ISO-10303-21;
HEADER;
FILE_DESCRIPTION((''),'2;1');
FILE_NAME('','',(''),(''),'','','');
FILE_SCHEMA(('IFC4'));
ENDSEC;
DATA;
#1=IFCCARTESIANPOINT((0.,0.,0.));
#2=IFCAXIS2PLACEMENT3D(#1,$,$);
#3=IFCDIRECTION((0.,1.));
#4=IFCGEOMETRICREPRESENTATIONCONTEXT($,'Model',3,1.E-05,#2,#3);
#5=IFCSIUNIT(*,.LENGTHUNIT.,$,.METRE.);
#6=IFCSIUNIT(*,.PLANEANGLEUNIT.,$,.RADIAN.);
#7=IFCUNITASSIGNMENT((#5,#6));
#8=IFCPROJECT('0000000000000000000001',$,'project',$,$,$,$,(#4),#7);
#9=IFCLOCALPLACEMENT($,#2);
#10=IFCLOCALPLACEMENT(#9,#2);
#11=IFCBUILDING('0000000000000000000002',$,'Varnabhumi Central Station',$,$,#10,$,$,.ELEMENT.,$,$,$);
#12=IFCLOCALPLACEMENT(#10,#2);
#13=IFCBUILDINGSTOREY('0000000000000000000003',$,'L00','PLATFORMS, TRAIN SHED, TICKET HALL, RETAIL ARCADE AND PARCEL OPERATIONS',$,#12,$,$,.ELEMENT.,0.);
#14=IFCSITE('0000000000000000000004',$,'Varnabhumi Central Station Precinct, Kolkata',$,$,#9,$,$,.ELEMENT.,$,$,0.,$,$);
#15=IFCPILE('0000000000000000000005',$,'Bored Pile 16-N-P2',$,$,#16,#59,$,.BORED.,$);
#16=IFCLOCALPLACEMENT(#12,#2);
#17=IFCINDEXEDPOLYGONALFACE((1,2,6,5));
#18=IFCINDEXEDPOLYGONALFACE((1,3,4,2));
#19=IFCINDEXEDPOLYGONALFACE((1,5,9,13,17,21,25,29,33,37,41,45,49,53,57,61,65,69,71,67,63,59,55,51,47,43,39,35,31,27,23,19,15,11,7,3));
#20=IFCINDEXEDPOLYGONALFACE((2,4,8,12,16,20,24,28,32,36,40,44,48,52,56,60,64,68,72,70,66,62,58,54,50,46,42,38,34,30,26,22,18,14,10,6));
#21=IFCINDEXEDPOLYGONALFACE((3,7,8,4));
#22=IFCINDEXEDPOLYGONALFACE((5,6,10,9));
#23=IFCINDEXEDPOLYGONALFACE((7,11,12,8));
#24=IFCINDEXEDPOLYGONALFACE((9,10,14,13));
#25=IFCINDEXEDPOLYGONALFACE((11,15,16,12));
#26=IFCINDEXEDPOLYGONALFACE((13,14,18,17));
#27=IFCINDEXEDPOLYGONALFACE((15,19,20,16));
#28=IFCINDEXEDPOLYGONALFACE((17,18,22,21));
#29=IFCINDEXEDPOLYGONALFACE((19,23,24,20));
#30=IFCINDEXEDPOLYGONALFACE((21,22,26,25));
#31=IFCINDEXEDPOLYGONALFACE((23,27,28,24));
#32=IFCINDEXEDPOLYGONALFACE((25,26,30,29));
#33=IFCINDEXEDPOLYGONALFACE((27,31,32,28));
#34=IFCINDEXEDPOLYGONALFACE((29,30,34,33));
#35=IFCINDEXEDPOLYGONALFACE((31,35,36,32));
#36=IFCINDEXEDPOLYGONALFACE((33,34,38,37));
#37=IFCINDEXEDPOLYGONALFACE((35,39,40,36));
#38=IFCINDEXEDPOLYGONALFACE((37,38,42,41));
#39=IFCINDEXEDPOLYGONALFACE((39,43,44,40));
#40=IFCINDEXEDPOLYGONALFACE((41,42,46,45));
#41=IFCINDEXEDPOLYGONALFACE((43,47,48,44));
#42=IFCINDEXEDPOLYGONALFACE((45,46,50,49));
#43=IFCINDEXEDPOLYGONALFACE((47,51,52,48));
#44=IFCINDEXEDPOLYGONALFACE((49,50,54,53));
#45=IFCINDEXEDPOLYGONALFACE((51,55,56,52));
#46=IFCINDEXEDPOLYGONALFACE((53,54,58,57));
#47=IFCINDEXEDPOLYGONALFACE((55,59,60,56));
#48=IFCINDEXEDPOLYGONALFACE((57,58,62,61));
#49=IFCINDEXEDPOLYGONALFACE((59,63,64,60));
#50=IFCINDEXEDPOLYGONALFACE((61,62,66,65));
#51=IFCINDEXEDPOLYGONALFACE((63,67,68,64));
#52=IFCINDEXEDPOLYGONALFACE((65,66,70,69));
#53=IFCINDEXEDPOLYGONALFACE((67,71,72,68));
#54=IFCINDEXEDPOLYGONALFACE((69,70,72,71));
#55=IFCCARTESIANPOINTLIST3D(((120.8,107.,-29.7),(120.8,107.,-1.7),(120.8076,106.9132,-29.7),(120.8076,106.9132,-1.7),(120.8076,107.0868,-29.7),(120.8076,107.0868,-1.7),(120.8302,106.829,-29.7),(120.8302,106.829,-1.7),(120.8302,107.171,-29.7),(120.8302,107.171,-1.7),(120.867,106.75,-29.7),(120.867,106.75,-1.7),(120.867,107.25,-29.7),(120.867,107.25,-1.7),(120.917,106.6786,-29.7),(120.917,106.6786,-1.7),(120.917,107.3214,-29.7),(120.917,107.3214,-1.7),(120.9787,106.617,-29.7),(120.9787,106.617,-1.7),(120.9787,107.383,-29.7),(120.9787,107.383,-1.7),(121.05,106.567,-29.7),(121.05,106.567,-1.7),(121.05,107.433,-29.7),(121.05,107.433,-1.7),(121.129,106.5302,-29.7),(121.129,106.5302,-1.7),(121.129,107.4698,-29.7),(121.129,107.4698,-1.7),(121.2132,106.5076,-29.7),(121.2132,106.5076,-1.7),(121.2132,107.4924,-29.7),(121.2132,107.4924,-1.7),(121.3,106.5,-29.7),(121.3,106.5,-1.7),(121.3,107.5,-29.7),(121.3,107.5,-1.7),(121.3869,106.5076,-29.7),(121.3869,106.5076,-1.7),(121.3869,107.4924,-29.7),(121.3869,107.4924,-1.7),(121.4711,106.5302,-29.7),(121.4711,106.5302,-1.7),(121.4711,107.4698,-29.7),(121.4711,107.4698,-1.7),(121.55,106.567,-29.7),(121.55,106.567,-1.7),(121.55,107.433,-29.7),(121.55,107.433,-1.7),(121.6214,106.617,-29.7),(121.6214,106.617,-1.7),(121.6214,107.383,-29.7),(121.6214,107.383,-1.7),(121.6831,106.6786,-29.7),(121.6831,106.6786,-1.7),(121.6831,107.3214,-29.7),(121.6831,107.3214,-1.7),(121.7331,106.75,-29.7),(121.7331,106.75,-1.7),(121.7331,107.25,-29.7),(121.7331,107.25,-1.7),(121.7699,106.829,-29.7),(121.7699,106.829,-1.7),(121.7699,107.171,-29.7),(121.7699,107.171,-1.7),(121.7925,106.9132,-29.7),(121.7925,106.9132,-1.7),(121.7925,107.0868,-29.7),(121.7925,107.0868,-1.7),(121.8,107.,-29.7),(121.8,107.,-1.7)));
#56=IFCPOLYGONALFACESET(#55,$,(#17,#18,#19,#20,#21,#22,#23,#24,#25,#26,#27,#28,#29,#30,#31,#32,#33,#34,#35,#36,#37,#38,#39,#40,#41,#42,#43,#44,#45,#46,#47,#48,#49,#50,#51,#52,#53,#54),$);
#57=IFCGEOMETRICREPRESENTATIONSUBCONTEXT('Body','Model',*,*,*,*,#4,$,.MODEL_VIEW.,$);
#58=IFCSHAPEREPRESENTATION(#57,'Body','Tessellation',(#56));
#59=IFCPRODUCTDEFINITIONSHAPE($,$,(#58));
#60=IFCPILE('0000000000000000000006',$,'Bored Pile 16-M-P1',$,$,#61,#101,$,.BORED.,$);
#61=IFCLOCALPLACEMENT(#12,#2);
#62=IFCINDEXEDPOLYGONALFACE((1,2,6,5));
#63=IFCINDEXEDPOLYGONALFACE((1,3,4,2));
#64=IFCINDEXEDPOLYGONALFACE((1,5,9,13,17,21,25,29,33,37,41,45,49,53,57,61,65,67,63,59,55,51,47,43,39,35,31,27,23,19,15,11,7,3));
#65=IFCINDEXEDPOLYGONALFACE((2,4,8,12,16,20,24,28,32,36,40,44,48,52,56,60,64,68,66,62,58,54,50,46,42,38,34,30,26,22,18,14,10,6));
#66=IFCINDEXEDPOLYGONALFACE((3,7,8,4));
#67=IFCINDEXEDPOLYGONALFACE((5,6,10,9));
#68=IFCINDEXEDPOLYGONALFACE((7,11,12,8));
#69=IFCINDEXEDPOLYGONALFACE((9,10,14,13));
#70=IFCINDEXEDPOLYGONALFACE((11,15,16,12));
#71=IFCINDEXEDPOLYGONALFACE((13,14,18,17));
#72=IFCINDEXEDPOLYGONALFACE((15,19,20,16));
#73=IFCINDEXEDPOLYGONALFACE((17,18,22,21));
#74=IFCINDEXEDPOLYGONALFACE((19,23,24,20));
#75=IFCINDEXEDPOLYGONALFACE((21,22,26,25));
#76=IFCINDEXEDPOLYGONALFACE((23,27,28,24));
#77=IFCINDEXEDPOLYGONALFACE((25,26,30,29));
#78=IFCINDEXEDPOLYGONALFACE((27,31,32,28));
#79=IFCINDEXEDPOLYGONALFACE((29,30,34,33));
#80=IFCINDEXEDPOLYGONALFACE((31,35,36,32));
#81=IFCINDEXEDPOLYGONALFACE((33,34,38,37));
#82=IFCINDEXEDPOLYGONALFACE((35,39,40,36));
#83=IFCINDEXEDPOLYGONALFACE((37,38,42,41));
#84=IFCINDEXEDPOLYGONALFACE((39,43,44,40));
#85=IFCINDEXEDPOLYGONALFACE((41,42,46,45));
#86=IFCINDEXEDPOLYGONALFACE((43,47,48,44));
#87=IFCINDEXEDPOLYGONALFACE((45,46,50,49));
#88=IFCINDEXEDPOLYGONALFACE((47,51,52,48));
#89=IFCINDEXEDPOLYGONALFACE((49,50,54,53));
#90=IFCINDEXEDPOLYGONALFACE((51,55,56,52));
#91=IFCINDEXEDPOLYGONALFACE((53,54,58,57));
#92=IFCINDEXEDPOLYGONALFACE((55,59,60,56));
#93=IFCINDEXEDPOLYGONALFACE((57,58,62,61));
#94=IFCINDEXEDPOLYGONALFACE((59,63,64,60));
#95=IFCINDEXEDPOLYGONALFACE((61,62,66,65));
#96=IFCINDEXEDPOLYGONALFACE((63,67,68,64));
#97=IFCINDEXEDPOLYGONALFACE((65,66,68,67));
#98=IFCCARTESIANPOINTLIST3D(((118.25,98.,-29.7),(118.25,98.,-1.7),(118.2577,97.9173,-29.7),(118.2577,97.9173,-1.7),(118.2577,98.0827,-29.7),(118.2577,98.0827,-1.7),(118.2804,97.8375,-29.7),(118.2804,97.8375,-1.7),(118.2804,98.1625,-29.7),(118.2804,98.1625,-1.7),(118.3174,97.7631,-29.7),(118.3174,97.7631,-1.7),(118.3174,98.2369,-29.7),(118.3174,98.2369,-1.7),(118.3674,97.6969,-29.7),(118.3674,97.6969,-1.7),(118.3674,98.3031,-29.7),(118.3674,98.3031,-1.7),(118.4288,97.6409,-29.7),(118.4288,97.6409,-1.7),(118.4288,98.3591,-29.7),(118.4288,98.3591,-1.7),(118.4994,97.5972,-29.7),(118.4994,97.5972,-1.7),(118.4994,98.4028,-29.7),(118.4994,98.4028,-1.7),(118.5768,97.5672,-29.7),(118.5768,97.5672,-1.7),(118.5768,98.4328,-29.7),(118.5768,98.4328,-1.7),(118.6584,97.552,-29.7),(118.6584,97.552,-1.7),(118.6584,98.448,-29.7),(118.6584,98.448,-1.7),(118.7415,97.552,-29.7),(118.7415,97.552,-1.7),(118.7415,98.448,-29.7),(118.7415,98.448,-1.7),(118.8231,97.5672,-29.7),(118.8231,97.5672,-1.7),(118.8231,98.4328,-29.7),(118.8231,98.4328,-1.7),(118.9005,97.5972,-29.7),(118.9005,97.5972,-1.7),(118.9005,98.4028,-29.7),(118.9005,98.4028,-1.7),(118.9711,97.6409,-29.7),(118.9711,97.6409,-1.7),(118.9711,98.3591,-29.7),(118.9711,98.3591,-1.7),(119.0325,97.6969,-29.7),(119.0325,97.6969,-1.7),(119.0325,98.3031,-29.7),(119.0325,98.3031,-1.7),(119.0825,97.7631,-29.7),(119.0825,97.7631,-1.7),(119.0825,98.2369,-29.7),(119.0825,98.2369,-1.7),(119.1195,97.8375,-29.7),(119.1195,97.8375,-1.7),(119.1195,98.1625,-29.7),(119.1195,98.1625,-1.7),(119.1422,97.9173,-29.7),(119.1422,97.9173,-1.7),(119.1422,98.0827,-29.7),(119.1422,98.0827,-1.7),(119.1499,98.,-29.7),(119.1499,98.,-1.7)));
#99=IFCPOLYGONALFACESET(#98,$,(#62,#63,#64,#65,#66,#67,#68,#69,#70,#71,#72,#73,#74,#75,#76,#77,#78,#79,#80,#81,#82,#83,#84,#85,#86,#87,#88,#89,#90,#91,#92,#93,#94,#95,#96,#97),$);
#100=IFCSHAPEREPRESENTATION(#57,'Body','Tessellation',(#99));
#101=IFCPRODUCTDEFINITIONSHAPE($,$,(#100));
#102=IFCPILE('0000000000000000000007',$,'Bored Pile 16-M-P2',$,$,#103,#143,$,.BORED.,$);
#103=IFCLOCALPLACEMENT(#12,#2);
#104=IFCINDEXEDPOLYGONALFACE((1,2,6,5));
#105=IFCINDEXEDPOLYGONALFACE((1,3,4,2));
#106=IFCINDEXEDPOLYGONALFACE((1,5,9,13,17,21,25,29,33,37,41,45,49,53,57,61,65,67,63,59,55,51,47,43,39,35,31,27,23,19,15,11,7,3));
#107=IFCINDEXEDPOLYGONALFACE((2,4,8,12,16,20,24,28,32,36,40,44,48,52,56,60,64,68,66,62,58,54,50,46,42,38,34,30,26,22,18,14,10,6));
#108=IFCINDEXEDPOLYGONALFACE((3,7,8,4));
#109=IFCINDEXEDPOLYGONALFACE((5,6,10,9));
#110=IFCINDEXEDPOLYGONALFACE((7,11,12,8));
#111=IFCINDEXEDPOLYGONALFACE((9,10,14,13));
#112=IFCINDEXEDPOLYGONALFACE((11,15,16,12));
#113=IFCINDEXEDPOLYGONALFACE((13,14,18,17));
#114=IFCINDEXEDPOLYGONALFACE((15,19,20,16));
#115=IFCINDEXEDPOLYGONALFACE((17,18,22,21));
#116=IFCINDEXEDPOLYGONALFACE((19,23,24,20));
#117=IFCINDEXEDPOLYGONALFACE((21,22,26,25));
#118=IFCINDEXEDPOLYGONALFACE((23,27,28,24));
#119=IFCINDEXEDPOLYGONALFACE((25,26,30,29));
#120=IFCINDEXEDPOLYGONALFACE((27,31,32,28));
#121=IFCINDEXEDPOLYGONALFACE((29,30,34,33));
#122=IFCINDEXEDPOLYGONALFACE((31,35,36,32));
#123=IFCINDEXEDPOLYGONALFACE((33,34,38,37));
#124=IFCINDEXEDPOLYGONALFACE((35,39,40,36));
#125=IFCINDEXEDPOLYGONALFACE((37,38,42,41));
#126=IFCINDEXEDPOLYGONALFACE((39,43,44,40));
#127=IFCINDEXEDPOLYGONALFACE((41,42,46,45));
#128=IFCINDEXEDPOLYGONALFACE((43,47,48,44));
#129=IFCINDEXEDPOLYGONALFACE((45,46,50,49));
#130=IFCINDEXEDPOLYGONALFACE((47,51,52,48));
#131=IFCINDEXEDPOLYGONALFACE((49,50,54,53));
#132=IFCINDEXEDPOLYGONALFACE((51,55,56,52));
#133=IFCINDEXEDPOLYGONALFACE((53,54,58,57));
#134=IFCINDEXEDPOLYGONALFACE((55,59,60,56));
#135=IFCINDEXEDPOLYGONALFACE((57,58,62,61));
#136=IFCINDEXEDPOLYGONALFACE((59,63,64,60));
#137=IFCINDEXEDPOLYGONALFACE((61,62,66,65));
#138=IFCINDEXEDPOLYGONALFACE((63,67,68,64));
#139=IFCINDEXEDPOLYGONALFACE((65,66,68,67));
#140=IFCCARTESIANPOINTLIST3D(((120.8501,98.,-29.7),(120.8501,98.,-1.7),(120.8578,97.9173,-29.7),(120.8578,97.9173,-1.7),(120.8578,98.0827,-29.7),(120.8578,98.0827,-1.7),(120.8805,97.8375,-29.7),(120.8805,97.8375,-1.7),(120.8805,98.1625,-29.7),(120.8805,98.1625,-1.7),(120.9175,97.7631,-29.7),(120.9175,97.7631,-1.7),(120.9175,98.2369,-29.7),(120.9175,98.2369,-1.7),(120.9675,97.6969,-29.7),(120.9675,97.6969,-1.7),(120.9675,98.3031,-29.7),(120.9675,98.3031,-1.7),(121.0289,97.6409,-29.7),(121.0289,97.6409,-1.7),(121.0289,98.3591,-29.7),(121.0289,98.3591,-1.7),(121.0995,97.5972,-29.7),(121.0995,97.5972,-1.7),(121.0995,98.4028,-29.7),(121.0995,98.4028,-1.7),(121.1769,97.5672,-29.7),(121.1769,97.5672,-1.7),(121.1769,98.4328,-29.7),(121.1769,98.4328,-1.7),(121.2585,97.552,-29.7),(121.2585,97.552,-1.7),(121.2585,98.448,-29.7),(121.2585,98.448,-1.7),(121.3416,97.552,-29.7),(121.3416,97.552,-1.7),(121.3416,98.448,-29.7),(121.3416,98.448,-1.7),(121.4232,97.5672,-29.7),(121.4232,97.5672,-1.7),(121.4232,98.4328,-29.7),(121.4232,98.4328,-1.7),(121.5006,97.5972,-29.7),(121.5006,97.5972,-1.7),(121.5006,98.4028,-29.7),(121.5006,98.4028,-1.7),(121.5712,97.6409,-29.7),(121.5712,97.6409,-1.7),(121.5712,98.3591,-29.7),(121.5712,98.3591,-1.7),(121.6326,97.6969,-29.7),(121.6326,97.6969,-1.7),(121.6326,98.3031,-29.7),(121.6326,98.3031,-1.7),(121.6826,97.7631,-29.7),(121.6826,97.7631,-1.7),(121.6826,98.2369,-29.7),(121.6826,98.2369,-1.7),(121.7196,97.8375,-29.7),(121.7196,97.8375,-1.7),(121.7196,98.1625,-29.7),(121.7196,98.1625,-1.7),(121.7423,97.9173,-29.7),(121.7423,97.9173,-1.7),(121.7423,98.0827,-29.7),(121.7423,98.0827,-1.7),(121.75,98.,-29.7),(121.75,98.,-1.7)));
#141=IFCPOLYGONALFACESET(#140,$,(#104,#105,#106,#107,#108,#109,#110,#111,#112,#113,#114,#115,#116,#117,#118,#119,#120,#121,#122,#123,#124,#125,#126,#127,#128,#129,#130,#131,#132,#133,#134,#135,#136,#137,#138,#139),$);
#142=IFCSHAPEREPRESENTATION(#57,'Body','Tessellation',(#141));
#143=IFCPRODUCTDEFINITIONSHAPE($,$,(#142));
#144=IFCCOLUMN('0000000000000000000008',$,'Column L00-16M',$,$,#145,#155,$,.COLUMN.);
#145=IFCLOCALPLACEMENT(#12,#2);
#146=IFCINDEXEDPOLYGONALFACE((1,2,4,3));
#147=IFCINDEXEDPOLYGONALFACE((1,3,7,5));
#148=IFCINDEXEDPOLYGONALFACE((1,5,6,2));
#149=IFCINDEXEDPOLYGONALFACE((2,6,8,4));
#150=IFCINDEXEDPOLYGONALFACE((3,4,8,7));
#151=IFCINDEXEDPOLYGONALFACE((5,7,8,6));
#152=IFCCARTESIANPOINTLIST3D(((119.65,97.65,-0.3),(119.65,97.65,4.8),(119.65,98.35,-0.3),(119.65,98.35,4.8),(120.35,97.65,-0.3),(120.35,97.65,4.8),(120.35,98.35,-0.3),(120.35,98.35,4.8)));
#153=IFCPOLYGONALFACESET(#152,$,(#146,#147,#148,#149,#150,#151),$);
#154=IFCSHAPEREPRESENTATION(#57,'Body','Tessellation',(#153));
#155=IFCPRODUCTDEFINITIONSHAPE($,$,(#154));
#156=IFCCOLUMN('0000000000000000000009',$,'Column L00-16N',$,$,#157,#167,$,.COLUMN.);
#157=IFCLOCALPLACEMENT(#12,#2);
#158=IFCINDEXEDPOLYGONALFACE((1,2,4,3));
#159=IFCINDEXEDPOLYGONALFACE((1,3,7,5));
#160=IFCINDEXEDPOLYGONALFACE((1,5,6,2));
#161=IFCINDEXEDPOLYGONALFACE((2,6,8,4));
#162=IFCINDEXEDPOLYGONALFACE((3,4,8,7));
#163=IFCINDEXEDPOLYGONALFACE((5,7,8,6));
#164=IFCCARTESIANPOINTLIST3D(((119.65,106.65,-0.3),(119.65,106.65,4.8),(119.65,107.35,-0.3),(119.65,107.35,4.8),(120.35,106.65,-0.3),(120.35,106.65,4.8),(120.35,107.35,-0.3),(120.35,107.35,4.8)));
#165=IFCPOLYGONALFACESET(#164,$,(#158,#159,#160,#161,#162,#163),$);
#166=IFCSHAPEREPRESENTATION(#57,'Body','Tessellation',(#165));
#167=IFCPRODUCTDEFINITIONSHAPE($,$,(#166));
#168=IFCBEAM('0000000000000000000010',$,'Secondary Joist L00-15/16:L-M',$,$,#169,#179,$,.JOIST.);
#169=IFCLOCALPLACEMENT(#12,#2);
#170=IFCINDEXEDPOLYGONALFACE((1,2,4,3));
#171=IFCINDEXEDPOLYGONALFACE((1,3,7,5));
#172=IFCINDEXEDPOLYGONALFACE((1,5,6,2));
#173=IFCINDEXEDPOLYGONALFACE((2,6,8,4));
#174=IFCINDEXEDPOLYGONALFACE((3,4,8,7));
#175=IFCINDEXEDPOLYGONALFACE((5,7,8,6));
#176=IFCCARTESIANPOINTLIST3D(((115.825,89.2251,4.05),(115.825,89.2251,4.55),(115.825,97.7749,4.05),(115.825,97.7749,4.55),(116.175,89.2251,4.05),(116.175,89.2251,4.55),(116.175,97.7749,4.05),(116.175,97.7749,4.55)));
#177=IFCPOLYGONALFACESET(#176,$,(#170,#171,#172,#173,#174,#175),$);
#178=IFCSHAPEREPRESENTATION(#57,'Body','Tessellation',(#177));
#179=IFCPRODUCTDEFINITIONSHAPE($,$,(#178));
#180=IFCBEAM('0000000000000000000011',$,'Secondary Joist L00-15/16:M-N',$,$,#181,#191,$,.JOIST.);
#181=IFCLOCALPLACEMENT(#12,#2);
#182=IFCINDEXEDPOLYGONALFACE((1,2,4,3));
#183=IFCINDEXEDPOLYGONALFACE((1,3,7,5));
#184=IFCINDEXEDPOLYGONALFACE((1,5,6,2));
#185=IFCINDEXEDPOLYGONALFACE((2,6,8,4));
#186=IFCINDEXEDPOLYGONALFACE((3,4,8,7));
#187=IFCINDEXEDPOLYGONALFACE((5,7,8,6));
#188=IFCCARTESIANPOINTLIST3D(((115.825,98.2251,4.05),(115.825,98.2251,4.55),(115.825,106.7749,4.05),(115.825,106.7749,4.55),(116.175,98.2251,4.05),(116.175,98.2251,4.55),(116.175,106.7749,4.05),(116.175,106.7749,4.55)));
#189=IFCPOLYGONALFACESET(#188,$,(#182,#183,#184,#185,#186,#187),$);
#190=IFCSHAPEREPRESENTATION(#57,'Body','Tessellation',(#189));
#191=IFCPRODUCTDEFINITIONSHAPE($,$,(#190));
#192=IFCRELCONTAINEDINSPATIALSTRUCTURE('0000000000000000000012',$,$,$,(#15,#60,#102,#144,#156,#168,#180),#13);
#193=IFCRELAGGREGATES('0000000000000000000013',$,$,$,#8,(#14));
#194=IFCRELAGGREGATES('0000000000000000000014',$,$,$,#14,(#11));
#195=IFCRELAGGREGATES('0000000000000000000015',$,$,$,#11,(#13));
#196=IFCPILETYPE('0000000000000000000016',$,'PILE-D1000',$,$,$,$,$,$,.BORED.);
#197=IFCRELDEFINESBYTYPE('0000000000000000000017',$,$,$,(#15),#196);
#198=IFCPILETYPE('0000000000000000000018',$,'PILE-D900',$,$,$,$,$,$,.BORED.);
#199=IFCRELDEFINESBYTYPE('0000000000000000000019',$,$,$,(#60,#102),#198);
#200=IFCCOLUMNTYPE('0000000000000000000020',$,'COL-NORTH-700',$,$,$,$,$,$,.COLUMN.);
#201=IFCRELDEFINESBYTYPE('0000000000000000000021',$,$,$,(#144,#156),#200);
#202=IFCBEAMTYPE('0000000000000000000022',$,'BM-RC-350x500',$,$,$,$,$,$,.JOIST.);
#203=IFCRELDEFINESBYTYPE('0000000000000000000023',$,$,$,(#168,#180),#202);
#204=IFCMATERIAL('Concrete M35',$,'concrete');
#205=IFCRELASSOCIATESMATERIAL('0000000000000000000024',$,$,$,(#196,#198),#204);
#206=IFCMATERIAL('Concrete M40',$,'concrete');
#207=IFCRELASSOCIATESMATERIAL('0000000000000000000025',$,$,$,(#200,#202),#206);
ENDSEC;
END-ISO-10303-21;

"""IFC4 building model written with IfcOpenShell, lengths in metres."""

from ifc_helpers import new_model, si_unit, direction, frame, origin, origin_2d, place, context, subcontext, project, spatial, rectangle, circle, extrude, material, material_profile, profile_set, type_object, element, save


model = new_model("IFC4")

# Units and contexts
model_context = context("Model", 3, precision=1e-05, world=origin(), true_north=direction((0.0, 1.0)))
body_context = subcontext(model_context, "Body", "Model", "MODEL_VIEW")
ifc_project = project(units=[si_unit("LENGTHUNIT", "METRE"), si_unit("PLANEANGLEUNIT", "RADIAN")], contexts=[model_context])

# Site, building, storey
site_placement = place(None, origin())
site = spatial("IfcSite", under=ifc_project, at=site_placement, Name="Varnabhumi Central Station Precinct, Kolkata", CompositionType="ELEMENT", RefElevation=0.0)
building_placement = place(site_placement, origin())
building = spatial("IfcBuilding", under=site, at=building_placement, Name="Varnabhumi Central Station", CompositionType="ELEMENT")
storey_placement = place(building_placement, origin())
storey = spatial("IfcBuildingStorey", under=building, at=storey_placement, Name="L00", Description="PLATFORMS, TRAIN SHED, TICKET HALL, RETAIL ARCADE AND PARCEL OPERATIONS", CompositionType="ELEMENT", Elevation=0.0)

# Shared definitions
ifc_material_1 = material(Name="Concrete M40", Category="concrete")

# Piles
ifc_material_2 = material(Name="Concrete M35", Category="concrete")
ifc_material_profile_1 = material_profile(ifc_material_2, circle(Radius=0.5, at=origin_2d()), Name="Concrete M35", Category="concrete")
ifc_profile_set_1 = profile_set([ifc_material_profile_1], Name="Concrete M35")
pile_type_1 = type_object("IfcPileType", Name="PILE-D1000", PredefinedType="BORED", material=ifc_profile_set_1)
for number, where, z_axis, x_axis, name in (
    (1, (121.3, 107.0, -1.7), (0.0, 0.0, -1.0), (1.0, 0.0, 0.0), "Bored Pile 16-N-P2"),
):
    element("IfcPile", number, at=place(storey_placement, frame(where, z_axis=z_axis, x_axis=x_axis)), inside=storey, type_object=pile_type_1, Name=name, PredefinedType="BORED", context=body_context, shape_type="SweptSolid", body=[
        extrude(circle(Radius=0.5, at=origin_2d()), origin(), (0.0, 0.0, 1.0), 28.0),
    ])
ifc_material_profile_2 = material_profile(ifc_material_2, circle(Radius=0.45, at=origin_2d()), Name="Concrete M35", Category="concrete")
ifc_profile_set_2 = profile_set([ifc_material_profile_2], Name="Concrete M35")
pile_type_2 = type_object("IfcPileType", Name="PILE-D900", PredefinedType="BORED", material=ifc_profile_set_2)
for number, where, z_axis, x_axis, name in (
    (2, (118.7, 98.0, -1.7), (0.0, 0.0, -1.0), (1.0, 0.0, 0.0), "Bored Pile 16-M-P1"),
    (3, (121.3, 98.0, -1.7), (0.0, 0.0, -1.0), (1.0, 0.0, 0.0), "Bored Pile 16-M-P2"),
):
    element("IfcPile", number, at=place(storey_placement, frame(where, z_axis=z_axis, x_axis=x_axis)), inside=storey, type_object=pile_type_2, Name=name, PredefinedType="BORED", context=body_context, shape_type="SweptSolid", body=[
        extrude(circle(Radius=0.45, at=origin_2d()), origin(), (0.0, 0.0, 1.0), 28.0),
    ])

# Columns
ifc_material_profile_3 = material_profile(ifc_material_1, rectangle(XDim=0.7, YDim=0.7, at=origin_2d()), Name="Concrete M40", Category="concrete")
ifc_profile_set_3 = profile_set([ifc_material_profile_3], Name="Concrete M40")
column_type = type_object("IfcColumnType", Name="COL-NORTH-700", PredefinedType="COLUMN", material=ifc_profile_set_3)
for number, where, z_axis, x_axis, name in (
    (4, (120.0, 98.0, -0.3), (0.0, 0.0, 1.0), (1.0, 0.0, 0.0), "Column L00-16M"),
    (5, (120.0, 107.0, -0.3), (0.0, 0.0, 1.0), (1.0, 0.0, 0.0), "Column L00-16N"),
):
    element("IfcColumn", number, at=place(storey_placement, frame(where, z_axis=z_axis, x_axis=x_axis)), inside=storey, type_object=column_type, Name=name, PredefinedType="COLUMN", context=body_context, shape_type="SweptSolid", body=[
        extrude(rectangle(XDim=0.7, YDim=0.7, at=origin_2d()), origin(), (0.0, 0.0, 1.0), 5.1001),
    ])

# Beams
ifc_material_profile_4 = material_profile(ifc_material_1, rectangle(XDim=0.3501, YDim=0.5, at=origin_2d()), Name="Concrete M40", Category="concrete")
ifc_profile_set_4 = profile_set([ifc_material_profile_4], Name="Concrete M40")
beam_type_1 = type_object("IfcBeamType", Name="BM-RC-350x500", PredefinedType="JOIST", material=ifc_profile_set_4)
for number, where, z_axis, x_axis, name in (
    (6, (116.0, 89.2251, 4.3), (0.0, 1.0, 0.0), (-1.0, 0.0, 0.0), "Secondary Joist L00-15/16:L-M"),
    (7, (116.0, 98.2251, 4.3), (0.0, 1.0, 0.0), (-1.0, 0.0, 0.0), "Secondary Joist L00-15/16:M-N"),
):
    element("IfcBeam", number, at=place(storey_placement, frame(where, z_axis=z_axis, x_axis=x_axis)), inside=storey, type_object=beam_type_1, Name=name, PredefinedType="JOIST", context=body_context, shape_type="SweptSolid", body=[
        extrude(rectangle(XDim=0.3501, YDim=0.5, at=origin_2d()), origin(), (0.0, 0.0, 1.0), 8.5498),
    ])

save(model, "model.ifc")
